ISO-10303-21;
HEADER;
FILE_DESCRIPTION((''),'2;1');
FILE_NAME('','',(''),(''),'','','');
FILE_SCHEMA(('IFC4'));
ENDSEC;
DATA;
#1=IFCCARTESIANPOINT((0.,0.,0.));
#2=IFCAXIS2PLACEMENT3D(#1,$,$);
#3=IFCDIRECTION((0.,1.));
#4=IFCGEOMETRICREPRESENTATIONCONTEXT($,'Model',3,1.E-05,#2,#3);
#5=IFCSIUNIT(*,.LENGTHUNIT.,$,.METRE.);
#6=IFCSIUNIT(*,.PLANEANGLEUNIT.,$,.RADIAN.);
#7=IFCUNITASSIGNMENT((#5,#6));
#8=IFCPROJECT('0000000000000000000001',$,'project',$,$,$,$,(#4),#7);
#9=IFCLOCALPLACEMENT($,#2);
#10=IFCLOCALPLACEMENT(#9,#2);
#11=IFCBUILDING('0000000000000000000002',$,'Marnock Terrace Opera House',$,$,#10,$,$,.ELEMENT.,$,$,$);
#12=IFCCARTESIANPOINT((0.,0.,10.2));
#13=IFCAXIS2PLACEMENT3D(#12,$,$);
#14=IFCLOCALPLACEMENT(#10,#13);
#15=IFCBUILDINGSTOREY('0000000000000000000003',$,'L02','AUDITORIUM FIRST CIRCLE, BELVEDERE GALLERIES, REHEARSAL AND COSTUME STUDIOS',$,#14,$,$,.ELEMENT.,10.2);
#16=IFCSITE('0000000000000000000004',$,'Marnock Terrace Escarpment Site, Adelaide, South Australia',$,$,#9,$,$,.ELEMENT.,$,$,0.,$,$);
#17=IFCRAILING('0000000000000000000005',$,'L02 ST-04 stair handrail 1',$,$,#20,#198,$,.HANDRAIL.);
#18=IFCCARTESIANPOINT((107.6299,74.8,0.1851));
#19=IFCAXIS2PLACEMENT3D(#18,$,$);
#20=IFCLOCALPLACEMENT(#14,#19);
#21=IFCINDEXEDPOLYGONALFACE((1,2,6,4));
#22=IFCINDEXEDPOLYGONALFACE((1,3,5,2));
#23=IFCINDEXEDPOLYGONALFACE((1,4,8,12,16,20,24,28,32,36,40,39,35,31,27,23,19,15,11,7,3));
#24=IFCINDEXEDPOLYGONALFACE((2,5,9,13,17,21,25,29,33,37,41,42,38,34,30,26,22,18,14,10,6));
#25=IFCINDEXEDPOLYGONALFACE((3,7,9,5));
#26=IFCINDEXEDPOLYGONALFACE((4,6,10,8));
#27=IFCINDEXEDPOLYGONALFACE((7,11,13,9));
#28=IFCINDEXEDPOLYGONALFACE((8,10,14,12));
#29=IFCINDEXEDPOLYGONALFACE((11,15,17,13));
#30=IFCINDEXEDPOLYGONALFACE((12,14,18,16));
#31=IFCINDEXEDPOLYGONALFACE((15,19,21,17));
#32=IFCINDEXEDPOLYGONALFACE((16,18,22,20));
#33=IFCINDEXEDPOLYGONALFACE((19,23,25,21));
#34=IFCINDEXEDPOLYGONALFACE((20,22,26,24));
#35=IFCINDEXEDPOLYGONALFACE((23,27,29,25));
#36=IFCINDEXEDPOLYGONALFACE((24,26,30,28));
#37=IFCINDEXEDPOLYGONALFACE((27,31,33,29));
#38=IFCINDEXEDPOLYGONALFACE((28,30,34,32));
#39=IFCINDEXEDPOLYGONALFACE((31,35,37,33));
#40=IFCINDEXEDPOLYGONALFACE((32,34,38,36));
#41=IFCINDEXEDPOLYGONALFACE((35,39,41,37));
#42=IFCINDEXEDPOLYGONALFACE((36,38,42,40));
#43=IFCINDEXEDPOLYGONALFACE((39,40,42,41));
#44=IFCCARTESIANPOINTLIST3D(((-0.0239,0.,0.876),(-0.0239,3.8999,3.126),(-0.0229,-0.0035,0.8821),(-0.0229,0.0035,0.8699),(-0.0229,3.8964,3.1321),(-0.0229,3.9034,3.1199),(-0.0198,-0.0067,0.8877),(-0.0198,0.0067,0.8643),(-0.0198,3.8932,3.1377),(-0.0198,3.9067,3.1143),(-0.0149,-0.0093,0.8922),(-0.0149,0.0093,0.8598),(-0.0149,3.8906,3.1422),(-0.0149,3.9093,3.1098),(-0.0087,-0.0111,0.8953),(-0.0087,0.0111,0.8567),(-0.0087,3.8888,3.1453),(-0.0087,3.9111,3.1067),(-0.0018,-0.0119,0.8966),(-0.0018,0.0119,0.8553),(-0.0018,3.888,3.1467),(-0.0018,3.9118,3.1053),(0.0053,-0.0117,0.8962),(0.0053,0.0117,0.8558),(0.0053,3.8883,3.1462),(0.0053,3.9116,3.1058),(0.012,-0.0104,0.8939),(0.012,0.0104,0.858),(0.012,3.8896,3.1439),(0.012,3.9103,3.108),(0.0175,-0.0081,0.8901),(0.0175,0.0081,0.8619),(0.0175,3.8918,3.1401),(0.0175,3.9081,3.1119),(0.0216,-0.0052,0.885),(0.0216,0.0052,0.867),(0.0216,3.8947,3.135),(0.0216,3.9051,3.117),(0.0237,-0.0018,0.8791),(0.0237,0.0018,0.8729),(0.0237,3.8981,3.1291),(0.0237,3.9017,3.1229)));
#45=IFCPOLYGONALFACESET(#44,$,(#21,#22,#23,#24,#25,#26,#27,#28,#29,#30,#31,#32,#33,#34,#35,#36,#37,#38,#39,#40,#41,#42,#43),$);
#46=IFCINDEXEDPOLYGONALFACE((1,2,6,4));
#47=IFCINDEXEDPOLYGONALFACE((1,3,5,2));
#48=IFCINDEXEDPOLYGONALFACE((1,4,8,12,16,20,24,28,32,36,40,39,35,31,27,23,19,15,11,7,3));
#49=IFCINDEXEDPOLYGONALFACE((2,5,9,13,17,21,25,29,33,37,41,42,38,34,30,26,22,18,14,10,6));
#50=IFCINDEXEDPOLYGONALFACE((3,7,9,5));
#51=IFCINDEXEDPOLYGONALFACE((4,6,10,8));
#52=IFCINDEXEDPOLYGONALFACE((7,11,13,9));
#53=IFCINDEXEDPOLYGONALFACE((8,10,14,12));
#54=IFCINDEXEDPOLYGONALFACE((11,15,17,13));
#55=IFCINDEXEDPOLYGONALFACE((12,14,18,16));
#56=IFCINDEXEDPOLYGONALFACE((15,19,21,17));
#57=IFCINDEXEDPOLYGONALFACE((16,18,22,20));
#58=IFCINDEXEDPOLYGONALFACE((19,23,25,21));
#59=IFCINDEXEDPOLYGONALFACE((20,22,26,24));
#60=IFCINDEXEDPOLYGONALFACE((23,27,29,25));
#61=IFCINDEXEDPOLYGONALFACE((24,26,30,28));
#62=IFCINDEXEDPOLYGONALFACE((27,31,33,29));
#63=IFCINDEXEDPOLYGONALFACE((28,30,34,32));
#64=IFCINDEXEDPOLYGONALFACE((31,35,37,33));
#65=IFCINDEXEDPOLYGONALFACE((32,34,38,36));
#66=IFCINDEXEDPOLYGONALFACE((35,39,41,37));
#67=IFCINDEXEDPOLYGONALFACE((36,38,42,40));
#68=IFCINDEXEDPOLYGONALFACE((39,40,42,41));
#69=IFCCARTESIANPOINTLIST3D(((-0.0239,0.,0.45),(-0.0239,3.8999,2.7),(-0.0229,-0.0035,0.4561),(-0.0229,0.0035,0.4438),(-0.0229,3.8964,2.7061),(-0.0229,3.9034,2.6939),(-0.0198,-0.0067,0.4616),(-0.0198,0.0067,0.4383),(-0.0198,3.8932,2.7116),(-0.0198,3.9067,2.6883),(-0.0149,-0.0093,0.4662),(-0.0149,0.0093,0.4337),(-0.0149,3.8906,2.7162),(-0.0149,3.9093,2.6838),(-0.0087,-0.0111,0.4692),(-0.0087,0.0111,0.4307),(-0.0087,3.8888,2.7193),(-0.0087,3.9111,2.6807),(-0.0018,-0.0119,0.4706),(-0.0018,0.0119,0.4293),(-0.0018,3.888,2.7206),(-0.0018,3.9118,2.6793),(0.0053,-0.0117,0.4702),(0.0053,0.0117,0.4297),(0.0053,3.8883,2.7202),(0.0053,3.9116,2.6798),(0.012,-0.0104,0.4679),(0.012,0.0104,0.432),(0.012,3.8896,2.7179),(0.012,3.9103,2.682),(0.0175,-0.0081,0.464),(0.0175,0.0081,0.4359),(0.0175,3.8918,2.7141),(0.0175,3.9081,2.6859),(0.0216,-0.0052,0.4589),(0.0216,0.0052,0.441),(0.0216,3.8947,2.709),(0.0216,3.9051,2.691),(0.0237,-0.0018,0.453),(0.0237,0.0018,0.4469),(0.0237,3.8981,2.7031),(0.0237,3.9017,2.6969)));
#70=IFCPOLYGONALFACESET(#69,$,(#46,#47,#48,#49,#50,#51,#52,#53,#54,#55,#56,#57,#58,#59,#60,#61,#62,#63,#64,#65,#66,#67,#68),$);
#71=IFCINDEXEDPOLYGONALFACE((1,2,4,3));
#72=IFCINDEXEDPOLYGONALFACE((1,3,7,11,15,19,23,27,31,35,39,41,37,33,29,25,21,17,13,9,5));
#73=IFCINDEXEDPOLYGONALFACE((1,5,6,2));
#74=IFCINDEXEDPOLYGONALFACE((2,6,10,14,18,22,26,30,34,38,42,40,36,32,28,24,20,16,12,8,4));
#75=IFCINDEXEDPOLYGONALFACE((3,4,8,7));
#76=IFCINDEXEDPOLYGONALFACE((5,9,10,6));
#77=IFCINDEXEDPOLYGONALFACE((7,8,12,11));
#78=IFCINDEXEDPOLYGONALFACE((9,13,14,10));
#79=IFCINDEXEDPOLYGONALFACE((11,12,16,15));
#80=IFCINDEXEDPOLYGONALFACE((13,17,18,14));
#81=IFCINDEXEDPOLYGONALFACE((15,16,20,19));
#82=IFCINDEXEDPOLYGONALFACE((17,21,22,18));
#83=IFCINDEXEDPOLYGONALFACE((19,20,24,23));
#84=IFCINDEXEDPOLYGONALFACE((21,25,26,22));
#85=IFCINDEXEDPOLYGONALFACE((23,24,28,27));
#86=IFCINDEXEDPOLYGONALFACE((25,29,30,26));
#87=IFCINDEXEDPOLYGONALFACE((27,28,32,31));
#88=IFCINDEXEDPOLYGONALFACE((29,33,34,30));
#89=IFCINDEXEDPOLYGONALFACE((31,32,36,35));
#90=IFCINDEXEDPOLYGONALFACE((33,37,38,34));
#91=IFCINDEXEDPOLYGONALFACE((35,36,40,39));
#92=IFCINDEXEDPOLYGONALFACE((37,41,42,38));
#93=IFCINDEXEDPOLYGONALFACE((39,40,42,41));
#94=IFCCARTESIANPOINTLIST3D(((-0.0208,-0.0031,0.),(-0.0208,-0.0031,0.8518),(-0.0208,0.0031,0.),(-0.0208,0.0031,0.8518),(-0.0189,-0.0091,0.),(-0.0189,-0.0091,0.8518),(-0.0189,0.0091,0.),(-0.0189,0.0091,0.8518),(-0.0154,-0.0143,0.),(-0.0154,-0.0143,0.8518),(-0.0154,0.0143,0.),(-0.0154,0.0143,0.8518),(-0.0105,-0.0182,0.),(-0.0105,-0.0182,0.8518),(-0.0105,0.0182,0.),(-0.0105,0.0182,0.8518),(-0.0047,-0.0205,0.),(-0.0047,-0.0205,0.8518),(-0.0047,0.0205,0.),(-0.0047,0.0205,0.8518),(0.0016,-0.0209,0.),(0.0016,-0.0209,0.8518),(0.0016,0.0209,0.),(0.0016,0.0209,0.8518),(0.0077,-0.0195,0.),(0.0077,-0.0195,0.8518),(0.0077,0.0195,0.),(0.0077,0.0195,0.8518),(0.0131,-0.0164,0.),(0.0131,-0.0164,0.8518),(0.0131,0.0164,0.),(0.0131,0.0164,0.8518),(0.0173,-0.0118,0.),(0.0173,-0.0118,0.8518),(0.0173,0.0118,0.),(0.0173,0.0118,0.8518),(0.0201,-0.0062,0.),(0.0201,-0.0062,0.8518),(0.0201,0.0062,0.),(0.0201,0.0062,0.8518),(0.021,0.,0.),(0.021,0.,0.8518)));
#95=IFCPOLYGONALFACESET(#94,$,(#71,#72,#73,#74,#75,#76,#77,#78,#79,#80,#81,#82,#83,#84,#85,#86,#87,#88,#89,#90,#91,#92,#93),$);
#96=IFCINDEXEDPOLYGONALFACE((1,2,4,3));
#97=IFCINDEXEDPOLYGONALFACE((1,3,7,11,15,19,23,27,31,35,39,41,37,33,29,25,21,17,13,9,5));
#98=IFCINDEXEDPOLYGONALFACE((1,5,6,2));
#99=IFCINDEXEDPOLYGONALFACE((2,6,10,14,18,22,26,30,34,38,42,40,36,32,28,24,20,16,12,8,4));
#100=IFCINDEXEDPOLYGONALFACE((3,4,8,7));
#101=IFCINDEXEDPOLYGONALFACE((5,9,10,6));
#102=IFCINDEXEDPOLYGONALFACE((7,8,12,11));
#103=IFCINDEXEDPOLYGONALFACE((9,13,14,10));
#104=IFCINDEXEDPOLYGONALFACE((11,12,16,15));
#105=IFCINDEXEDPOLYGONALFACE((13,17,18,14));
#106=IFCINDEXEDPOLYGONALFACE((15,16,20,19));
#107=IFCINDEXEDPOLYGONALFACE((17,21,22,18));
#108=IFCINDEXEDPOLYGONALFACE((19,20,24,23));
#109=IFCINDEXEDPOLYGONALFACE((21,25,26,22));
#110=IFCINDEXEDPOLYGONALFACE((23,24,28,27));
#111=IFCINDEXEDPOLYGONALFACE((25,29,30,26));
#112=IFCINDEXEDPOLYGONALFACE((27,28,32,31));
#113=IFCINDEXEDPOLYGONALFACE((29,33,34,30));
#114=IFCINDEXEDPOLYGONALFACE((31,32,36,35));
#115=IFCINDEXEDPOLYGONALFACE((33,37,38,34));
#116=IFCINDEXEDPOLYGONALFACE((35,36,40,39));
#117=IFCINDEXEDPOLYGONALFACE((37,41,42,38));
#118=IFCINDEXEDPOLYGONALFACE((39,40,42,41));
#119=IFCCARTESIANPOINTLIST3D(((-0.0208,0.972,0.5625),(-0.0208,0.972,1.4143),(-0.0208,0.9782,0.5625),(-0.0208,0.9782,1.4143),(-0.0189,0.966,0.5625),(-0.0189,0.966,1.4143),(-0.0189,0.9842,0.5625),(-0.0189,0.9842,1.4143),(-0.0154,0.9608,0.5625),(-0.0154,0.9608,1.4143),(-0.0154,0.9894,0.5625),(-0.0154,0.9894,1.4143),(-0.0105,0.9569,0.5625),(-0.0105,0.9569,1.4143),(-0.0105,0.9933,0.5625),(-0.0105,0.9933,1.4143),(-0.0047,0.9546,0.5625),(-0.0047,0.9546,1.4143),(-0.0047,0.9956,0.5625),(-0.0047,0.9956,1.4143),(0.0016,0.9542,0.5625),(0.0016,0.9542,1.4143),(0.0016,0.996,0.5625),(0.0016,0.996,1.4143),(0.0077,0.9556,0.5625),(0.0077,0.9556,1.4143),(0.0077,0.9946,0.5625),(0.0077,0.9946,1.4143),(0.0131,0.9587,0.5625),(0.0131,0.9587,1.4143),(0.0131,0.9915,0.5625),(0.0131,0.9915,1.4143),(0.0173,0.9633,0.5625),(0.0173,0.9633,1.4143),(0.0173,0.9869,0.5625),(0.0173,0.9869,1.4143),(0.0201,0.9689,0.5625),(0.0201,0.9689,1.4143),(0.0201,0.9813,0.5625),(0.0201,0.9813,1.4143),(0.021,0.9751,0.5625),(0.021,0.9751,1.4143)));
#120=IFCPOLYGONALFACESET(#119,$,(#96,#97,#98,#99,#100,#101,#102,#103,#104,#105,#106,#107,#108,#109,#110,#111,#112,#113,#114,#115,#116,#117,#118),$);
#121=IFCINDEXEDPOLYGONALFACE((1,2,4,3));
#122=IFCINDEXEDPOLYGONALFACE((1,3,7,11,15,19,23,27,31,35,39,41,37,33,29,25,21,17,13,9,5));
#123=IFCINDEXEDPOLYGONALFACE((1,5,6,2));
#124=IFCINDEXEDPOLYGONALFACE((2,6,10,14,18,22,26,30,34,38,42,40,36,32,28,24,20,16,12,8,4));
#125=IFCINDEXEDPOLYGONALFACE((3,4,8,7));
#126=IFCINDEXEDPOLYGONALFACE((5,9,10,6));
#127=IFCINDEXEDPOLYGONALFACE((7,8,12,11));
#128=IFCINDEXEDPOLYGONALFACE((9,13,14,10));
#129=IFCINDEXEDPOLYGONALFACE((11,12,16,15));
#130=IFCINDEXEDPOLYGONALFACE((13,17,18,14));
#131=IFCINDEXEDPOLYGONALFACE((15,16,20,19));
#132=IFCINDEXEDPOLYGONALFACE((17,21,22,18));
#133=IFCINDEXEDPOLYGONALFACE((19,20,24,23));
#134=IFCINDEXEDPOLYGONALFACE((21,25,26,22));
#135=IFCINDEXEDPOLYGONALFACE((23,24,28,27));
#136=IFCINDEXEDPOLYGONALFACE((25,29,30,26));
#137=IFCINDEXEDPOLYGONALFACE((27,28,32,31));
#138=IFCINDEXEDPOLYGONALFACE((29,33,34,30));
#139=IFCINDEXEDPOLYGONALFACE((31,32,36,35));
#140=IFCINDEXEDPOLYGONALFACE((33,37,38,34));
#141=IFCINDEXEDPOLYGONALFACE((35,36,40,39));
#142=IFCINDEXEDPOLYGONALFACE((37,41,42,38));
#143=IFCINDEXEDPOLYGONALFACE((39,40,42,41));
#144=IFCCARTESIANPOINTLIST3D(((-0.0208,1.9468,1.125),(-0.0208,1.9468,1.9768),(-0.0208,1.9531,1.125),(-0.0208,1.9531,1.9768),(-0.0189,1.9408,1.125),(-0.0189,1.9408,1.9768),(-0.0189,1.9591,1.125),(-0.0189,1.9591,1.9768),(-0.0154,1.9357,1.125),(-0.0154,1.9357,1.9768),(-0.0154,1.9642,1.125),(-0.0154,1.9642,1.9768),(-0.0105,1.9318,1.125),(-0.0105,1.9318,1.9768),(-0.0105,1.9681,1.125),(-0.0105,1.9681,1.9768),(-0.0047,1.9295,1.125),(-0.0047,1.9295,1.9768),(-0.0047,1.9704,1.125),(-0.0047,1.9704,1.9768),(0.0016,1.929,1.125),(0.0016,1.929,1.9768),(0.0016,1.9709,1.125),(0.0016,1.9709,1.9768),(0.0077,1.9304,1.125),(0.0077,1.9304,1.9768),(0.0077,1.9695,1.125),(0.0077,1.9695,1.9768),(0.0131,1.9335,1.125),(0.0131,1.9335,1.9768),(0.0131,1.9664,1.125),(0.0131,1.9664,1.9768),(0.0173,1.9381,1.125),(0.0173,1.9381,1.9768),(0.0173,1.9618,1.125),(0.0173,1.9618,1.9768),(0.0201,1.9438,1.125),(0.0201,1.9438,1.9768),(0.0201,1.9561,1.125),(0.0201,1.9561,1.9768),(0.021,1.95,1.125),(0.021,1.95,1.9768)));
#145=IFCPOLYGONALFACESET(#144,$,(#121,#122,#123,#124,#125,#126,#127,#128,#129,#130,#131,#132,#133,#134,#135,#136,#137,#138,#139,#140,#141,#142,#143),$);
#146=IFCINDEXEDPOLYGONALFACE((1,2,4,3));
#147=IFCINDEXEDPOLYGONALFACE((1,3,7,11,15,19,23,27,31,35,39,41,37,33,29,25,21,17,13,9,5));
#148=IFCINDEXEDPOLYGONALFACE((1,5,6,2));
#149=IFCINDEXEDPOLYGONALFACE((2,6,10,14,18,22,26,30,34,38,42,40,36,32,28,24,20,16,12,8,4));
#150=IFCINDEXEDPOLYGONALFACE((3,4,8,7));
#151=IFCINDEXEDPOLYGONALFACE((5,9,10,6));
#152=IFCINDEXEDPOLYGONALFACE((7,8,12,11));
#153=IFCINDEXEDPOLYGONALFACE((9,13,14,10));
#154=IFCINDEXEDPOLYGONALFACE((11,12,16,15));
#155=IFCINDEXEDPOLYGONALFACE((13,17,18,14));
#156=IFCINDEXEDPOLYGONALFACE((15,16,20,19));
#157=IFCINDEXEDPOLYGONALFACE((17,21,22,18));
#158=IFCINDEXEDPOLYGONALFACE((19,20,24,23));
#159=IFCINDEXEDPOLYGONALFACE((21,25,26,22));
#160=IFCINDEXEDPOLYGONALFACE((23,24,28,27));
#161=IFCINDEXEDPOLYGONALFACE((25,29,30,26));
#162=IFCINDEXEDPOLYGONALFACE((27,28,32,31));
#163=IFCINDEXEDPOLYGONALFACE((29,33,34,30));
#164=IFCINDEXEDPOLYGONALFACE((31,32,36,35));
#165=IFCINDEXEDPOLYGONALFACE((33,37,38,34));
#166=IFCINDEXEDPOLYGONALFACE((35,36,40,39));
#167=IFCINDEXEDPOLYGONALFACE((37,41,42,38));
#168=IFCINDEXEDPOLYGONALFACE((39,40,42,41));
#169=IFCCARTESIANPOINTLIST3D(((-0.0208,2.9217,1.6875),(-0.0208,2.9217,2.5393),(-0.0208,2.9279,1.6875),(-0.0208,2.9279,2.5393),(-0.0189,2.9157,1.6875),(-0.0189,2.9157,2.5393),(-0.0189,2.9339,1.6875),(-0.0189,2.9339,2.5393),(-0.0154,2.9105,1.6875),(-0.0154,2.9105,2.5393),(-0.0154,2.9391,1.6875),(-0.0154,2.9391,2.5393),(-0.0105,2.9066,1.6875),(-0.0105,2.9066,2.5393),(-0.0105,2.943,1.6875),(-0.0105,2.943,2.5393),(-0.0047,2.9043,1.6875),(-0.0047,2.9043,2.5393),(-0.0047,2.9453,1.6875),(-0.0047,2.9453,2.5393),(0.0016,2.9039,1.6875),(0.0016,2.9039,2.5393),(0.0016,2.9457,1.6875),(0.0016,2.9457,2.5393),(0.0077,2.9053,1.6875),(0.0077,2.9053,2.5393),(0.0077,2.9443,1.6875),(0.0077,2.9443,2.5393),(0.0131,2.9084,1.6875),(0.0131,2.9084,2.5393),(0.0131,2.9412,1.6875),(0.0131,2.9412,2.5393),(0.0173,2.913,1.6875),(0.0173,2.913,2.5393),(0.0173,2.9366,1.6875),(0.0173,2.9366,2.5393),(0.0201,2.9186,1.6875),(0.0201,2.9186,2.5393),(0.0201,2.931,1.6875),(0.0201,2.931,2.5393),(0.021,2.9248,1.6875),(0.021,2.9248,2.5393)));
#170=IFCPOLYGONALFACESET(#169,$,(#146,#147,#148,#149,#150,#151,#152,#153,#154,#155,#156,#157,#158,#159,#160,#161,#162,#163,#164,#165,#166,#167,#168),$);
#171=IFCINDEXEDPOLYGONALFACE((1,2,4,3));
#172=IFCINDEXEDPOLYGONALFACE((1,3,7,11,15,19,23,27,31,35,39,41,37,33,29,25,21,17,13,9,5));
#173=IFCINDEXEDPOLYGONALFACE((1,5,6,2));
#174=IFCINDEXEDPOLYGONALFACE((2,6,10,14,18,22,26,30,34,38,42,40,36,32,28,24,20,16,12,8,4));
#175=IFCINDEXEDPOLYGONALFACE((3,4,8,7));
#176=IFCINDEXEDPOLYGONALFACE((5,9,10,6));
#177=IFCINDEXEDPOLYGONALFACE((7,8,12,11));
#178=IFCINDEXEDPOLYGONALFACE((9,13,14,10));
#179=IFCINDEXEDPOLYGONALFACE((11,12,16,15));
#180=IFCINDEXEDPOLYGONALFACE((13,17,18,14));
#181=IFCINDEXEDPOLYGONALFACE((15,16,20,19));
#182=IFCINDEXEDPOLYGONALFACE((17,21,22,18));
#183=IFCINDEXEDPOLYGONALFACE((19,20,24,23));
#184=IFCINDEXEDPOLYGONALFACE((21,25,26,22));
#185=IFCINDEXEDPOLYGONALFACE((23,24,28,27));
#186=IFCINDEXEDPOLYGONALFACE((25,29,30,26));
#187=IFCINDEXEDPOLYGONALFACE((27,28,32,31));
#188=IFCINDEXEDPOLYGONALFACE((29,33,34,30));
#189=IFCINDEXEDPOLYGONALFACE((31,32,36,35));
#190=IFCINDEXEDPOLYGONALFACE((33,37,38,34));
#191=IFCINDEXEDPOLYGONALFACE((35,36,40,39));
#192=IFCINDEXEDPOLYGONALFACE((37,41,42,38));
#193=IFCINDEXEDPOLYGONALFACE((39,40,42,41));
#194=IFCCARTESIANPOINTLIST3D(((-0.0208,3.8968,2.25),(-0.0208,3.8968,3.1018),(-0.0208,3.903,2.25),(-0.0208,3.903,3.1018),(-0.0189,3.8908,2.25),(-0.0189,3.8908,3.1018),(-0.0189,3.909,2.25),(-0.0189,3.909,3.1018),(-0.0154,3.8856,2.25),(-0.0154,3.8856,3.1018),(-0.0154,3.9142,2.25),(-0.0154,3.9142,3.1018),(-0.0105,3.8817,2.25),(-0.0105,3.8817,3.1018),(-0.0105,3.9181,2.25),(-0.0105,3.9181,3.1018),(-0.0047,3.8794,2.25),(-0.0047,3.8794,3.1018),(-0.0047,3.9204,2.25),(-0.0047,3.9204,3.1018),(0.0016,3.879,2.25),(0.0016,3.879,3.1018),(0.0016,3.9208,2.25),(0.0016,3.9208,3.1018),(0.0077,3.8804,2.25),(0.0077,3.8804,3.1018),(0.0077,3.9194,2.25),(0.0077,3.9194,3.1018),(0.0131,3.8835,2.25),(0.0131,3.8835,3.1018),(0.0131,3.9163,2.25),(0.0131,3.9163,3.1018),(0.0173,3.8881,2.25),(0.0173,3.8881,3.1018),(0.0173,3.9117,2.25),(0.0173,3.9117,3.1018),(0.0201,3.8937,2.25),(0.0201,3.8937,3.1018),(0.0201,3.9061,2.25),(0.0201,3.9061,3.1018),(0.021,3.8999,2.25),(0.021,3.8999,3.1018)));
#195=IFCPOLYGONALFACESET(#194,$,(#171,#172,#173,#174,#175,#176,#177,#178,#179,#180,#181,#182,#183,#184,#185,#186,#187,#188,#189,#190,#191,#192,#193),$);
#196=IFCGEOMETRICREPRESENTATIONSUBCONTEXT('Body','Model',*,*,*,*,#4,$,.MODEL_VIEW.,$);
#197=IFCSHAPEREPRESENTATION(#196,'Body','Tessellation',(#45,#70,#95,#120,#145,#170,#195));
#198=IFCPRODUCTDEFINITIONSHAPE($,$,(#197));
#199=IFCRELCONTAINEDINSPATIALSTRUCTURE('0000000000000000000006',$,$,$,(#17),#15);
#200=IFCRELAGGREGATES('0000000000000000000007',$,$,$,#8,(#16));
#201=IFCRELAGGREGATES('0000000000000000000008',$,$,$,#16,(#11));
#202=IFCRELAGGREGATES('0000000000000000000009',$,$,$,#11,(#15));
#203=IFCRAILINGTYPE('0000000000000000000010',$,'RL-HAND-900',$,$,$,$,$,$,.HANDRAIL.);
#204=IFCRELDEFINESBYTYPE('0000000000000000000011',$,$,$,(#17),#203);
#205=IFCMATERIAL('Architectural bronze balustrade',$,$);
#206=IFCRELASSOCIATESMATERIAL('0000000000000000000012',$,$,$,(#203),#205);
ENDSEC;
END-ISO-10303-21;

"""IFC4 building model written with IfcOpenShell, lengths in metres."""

from ifc_helpers import new_model, si_unit, direction, frame, origin, origin_2d, place, context, subcontext, project, spatial, circle, extrude, material, type_object, element, save


model = new_model("IFC4")

# Units and contexts
model_context = context("Model", 3, precision=1e-05, world=origin(), true_north=direction((0.0, 1.0)))
body_context = subcontext(model_context, "Body", "Model", "MODEL_VIEW")
ifc_project = project(units=[si_unit("LENGTHUNIT", "METRE"), si_unit("PLANEANGLEUNIT", "RADIAN")], contexts=[model_context])

# Site, building, storey
site_placement = place(None, origin())
site = spatial("IfcSite", under=ifc_project, at=site_placement, Name="Marnock Terrace Escarpment Site, Adelaide, South Australia", CompositionType="ELEMENT", RefElevation=0.0)
building_placement = place(site_placement, origin())
building = spatial("IfcBuilding", under=site, at=building_placement, Name="Marnock Terrace Opera House", CompositionType="ELEMENT")
storey_placement = place(building_placement, frame((0.0, 0.0, 10.2)))
storey = spatial("IfcBuildingStorey", under=building, at=storey_placement, Name="L02", Description="AUDITORIUM FIRST CIRCLE, BELVEDERE GALLERIES, REHEARSAL AND COSTUME STUDIOS", CompositionType="ELEMENT", Elevation=10.2)

# Railing
ifc_material_1 = material(Name="Architectural bronze balustrade")
railing_type_1 = type_object("IfcRailingType", Name="RL-HAND-900", PredefinedType="HANDRAIL", material=ifc_material_1)
railing_1_placement = place(storey_placement, frame((107.6299, 74.8, 0.1851)))
element("IfcRailing", 1, at=railing_1_placement, inside=storey, type_object=railing_type_1, Name="L02 ST-04 stair handrail 1", PredefinedType="HANDRAIL", context=body_context, shape_type="SweptSolid", body=[
    extrude(circle(Radius=0.0239, at=origin_2d()), frame((0.0, 0.0, 0.876), z_axis=(0.0, 0.86618, 0.499732), x_axis=(-1.0, 0.0, 0.0)), (0.0, 0.0, 1.0), 4.5024),
    extrude(circle(Radius=0.0239, at=origin_2d()), frame((0.0, 0.0, 0.45), z_axis=(0.0, 0.86618, 0.499732), x_axis=(-1.0, 0.0, 0.0)), (0.0, 0.0, 1.0), 4.5024),
    extrude(circle(Radius=0.021, at=origin_2d()), origin(), (0.0, 0.0, 1.0), 0.8518),
    extrude(circle(Radius=0.021, at=origin_2d()), frame((0.0, 0.9751, 0.5625)), (0.0, 0.0, 1.0), 0.8518),
    extrude(circle(Radius=0.021, at=origin_2d()), frame((0.0, 1.95, 1.125)), (0.0, 0.0, 1.0), 0.8518),
    extrude(circle(Radius=0.021, at=origin_2d()), frame((0.0, 2.9248, 1.6875)), (0.0, 0.0, 1.0), 0.8518),
    extrude(circle(Radius=0.021, at=origin_2d()), frame((0.0, 3.8999, 2.25)), (0.0, 0.0, 1.0), 0.8518),
])

save(model, "model.ifc")
